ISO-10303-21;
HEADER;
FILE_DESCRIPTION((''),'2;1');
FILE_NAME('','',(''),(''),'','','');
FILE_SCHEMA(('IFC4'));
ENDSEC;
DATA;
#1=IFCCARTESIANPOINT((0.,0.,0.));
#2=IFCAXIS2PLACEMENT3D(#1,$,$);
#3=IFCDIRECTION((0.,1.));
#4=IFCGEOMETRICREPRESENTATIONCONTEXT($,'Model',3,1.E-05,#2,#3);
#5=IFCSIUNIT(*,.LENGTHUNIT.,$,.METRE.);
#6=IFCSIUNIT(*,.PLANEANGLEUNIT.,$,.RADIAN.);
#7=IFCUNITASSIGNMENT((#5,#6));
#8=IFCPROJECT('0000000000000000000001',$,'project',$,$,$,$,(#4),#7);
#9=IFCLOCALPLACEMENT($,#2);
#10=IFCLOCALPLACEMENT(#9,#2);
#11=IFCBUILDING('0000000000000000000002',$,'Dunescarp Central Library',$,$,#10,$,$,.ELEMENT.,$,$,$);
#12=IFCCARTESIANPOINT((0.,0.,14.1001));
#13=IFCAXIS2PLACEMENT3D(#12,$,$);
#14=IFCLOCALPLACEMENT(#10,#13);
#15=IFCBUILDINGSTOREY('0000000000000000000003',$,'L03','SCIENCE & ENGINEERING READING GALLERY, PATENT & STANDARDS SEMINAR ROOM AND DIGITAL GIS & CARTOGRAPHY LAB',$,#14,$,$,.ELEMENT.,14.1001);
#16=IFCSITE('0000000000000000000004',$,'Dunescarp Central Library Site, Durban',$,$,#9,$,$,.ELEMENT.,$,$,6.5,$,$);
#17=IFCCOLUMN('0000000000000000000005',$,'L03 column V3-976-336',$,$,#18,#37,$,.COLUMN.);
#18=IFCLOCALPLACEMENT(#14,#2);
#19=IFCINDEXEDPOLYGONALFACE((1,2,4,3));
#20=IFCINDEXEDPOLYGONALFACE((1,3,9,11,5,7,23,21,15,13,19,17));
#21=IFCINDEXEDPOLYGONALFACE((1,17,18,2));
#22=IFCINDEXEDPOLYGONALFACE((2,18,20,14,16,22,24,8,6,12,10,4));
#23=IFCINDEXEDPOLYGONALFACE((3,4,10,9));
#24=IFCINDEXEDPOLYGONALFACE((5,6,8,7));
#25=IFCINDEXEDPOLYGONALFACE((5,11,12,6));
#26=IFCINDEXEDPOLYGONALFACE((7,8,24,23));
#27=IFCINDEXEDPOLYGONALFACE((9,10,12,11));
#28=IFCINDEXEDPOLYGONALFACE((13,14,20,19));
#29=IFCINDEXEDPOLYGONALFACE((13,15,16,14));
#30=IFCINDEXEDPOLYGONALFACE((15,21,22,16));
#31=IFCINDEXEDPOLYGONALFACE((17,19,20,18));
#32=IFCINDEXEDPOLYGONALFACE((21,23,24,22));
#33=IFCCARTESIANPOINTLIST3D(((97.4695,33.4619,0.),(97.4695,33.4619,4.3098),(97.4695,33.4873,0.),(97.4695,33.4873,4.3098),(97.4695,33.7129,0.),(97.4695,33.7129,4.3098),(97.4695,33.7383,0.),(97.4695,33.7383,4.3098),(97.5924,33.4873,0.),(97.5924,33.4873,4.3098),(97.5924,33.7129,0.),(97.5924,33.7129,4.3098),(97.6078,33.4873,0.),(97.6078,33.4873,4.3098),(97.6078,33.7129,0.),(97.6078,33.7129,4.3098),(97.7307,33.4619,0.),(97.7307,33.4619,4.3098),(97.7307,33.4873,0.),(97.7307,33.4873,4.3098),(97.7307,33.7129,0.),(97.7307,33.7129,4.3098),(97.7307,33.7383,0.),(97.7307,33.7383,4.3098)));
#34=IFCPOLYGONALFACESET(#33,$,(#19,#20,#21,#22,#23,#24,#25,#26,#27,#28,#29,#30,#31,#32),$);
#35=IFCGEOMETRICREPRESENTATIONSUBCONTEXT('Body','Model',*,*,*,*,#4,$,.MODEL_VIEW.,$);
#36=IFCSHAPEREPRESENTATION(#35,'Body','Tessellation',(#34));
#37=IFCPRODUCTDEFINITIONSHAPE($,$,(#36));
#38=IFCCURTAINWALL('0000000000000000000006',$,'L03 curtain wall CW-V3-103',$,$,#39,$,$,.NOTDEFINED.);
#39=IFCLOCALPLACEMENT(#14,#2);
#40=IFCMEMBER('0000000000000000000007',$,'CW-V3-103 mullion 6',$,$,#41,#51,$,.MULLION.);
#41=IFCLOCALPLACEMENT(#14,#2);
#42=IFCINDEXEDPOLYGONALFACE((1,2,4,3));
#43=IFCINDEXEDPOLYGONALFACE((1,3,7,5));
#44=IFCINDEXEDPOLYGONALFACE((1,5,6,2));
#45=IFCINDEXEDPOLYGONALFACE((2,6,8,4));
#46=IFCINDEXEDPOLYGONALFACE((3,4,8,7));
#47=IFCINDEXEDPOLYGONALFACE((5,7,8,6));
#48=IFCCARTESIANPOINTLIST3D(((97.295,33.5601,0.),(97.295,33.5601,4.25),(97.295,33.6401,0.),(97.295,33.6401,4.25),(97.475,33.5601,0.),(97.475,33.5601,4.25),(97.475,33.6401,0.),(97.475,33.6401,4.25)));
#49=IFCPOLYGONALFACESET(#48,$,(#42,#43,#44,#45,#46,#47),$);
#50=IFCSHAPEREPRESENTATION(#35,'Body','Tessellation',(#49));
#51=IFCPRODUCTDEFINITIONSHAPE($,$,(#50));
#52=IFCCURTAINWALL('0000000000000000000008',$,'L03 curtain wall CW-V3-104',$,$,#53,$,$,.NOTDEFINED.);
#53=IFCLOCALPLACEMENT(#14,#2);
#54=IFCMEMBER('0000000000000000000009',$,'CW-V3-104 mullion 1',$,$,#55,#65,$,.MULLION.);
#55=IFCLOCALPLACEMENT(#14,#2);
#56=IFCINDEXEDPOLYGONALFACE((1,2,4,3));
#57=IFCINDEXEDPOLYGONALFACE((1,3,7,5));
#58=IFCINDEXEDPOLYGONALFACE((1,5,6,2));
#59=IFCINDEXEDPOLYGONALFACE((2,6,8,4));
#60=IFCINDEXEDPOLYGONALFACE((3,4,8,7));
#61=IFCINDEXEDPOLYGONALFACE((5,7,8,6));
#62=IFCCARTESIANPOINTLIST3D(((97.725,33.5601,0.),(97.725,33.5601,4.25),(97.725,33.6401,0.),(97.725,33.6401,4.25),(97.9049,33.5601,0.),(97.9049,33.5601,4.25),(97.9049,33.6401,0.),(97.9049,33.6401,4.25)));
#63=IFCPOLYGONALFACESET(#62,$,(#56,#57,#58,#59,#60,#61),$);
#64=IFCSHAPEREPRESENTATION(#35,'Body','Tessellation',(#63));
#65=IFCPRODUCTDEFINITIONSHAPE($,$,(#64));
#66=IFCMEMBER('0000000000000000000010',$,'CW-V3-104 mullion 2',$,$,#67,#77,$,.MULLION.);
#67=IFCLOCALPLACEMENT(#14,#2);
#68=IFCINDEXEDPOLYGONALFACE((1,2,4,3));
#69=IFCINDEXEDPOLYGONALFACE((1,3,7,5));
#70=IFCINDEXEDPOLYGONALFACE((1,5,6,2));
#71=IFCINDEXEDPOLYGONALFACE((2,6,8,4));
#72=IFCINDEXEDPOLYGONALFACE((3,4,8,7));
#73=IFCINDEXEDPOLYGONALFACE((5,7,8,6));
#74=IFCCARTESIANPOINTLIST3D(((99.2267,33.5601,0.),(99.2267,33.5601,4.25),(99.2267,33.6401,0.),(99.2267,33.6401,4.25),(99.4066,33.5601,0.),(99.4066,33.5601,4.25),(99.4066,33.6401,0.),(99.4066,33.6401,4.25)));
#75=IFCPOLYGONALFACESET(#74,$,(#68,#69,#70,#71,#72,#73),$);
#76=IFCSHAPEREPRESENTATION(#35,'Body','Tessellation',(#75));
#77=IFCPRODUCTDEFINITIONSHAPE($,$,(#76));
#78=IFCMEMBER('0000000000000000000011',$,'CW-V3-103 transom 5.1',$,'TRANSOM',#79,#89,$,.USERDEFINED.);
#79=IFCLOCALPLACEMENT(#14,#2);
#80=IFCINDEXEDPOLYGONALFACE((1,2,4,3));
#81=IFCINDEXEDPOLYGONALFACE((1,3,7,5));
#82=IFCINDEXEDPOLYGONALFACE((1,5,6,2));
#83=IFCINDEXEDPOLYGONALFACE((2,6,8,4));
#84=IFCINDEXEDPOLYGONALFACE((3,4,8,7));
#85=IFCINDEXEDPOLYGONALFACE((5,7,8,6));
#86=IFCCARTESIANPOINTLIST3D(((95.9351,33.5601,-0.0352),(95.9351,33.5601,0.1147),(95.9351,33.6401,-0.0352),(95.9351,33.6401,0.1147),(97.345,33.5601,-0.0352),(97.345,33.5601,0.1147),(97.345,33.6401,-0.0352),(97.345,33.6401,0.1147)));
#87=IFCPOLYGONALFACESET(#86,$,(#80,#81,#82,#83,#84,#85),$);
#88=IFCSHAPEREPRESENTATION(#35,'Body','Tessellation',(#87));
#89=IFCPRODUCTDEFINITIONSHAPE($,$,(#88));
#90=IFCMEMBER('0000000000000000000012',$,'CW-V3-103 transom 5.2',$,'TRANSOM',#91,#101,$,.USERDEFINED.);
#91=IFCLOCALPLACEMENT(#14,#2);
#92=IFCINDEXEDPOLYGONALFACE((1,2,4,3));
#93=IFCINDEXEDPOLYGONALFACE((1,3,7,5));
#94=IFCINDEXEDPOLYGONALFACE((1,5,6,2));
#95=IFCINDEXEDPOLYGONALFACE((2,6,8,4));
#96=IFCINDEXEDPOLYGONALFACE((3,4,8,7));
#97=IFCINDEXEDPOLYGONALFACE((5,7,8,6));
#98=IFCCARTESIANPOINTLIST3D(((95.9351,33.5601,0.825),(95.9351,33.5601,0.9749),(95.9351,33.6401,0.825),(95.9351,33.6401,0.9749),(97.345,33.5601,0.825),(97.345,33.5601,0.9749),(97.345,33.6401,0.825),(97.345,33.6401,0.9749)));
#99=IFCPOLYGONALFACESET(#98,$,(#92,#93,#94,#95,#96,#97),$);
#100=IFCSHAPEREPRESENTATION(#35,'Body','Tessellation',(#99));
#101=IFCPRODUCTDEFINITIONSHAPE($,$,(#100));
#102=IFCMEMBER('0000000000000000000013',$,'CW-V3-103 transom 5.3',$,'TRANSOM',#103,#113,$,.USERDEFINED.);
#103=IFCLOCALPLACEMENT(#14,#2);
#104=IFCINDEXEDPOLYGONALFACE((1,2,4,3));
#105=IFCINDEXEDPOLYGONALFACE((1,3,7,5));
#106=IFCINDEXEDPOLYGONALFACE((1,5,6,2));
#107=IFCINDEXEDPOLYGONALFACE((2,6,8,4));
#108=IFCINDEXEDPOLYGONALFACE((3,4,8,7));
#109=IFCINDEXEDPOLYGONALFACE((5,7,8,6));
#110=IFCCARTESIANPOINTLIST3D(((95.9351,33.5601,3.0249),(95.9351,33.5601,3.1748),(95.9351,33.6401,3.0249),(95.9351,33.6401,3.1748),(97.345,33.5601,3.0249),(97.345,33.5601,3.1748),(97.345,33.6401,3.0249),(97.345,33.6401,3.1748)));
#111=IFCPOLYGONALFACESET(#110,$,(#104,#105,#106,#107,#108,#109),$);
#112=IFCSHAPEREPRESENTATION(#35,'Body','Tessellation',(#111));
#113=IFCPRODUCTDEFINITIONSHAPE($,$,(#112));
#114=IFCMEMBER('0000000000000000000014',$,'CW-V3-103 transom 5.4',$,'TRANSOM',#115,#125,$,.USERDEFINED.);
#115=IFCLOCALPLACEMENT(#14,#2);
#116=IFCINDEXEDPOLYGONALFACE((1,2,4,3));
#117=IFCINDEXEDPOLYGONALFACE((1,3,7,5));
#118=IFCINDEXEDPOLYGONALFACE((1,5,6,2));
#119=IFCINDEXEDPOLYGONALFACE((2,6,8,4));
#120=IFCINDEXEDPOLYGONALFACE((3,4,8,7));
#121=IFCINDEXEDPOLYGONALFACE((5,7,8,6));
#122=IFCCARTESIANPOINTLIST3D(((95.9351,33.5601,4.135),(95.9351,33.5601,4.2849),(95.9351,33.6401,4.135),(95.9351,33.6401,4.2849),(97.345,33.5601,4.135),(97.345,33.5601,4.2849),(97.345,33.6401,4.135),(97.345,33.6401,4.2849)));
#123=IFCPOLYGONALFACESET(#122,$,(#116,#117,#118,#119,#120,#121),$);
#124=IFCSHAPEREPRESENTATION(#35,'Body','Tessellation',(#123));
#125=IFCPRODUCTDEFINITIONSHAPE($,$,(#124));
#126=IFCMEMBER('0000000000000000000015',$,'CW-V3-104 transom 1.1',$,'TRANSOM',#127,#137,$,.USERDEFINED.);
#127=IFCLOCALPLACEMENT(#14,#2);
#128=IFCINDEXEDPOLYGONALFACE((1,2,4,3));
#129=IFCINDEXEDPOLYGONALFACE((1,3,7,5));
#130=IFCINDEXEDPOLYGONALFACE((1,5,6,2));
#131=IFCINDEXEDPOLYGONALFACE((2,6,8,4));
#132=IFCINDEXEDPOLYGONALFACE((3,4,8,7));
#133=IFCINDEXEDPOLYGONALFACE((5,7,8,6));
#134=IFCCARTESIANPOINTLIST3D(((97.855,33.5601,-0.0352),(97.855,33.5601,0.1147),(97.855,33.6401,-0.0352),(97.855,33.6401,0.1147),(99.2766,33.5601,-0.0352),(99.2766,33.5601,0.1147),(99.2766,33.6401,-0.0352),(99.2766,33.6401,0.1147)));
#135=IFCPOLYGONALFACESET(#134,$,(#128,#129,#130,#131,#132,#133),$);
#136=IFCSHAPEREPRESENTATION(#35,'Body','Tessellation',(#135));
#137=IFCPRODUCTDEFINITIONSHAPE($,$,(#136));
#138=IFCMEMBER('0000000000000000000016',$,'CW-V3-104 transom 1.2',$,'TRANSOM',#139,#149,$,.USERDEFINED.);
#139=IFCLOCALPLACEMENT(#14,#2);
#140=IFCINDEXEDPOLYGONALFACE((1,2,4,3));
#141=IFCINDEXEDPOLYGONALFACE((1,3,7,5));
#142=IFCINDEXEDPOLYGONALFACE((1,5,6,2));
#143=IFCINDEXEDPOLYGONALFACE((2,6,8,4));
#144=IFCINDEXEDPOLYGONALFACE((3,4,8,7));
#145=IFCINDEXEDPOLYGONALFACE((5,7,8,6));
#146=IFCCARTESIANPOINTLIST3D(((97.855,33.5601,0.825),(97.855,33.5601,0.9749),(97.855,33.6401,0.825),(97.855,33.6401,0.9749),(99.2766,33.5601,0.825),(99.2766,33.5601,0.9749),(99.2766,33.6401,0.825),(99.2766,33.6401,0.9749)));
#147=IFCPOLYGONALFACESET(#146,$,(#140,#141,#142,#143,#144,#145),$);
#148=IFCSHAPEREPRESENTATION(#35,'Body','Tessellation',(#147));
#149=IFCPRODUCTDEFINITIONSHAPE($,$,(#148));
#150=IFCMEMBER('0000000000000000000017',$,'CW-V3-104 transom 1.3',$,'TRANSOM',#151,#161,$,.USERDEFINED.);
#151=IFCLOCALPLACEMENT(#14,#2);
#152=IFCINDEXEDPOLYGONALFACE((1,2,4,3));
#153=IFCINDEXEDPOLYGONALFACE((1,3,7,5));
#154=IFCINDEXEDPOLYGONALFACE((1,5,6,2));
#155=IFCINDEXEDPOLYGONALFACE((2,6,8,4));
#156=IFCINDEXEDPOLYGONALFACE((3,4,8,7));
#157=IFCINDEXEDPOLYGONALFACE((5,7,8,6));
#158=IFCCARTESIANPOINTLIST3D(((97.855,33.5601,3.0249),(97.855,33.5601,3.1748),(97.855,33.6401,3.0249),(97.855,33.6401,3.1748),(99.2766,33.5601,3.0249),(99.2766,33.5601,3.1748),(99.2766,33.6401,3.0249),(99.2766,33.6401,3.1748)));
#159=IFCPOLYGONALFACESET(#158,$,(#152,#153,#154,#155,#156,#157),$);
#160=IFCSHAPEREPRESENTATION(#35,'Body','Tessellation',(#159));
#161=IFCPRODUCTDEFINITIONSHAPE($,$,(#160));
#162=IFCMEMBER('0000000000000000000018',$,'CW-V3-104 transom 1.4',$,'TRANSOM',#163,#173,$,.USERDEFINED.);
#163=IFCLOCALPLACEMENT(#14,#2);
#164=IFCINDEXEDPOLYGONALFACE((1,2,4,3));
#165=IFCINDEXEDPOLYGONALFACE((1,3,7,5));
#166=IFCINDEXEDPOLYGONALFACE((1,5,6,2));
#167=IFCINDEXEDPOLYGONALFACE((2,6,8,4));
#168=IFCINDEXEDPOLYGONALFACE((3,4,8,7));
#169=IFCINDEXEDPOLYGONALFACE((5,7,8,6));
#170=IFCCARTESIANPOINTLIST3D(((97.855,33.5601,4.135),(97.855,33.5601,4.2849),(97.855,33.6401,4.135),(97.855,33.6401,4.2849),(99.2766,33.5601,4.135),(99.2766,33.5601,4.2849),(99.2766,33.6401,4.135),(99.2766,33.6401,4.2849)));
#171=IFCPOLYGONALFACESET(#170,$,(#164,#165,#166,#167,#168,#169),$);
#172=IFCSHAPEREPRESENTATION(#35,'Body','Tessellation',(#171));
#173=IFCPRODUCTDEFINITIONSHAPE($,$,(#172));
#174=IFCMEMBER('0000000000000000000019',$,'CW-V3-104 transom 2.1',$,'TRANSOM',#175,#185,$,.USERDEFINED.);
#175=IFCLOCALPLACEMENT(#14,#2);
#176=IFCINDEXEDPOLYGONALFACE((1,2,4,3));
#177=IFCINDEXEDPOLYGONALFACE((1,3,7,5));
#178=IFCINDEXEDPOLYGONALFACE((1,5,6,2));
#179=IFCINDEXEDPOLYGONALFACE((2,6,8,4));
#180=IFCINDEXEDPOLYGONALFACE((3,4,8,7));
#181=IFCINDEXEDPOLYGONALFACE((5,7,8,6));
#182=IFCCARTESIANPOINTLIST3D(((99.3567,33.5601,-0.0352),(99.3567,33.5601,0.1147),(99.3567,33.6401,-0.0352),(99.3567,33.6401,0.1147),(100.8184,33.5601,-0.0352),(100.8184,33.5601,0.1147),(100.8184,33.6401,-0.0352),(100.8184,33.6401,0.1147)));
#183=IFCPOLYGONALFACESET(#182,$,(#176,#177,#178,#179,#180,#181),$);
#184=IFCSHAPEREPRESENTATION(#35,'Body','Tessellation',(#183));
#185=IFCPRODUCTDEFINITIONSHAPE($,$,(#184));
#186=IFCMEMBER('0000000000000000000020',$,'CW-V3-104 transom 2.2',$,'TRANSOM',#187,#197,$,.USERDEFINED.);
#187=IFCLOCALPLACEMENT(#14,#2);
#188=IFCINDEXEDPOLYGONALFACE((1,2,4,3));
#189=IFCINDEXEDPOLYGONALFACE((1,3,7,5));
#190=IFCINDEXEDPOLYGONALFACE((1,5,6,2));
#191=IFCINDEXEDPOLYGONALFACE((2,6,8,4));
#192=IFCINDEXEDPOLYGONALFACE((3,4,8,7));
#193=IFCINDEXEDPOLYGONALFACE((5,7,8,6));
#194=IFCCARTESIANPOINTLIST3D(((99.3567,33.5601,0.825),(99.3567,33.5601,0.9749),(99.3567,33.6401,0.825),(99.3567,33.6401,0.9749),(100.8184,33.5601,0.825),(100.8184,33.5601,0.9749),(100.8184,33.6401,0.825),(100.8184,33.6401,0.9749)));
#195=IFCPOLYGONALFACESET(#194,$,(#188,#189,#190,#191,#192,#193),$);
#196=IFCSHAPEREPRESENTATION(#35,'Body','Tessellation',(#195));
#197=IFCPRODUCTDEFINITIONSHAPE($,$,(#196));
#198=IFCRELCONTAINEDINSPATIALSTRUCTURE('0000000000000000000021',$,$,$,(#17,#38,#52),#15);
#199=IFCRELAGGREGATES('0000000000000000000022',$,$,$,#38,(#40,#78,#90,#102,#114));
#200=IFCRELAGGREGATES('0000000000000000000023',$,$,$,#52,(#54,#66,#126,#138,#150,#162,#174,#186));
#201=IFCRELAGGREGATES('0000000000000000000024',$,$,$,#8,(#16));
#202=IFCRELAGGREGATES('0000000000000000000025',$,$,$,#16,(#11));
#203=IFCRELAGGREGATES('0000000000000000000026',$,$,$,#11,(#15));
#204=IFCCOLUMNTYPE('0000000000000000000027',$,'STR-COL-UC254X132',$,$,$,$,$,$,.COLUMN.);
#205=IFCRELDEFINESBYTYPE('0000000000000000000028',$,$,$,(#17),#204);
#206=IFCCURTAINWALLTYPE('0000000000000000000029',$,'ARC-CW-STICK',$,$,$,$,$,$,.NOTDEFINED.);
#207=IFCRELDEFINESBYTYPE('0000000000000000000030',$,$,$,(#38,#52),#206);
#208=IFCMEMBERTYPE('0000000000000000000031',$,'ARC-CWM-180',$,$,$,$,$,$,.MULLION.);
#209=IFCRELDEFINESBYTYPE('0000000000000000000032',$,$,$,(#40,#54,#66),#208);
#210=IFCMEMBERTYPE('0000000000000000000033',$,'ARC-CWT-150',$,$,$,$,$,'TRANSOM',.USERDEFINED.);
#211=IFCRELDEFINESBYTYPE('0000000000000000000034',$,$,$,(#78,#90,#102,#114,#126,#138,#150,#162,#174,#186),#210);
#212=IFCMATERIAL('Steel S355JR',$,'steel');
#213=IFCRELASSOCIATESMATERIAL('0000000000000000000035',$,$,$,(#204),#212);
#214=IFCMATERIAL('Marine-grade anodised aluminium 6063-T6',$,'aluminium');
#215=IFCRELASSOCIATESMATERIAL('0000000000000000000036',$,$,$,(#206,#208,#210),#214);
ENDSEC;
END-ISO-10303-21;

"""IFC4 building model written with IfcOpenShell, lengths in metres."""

from ifc_helpers import new_model, si_unit, direction, frame, origin, origin_2d, place, context, subcontext, project, spatial, rectangle, i_section, extrude, material, material_profile, profile_set, type_object, element, aggregate, save


model = new_model("IFC4")

# Units and contexts
model_context = context("Model", 3, precision=1e-05, world=origin(), true_north=direction((0.0, 1.0)))
body_context = subcontext(model_context, "Body", "Model", "MODEL_VIEW")
ifc_project = project(units=[si_unit("LENGTHUNIT", "METRE"), si_unit("PLANEANGLEUNIT", "RADIAN")], contexts=[model_context])

# Site, building, storey
site_placement = place(None, origin())
site = spatial("IfcSite", under=ifc_project, at=site_placement, Name="Dunescarp Central Library Site, Durban", CompositionType="ELEMENT", RefElevation=6.5)
building_placement = place(site_placement, origin())
building = spatial("IfcBuilding", under=site, at=building_placement, Name="Dunescarp Central Library", CompositionType="ELEMENT")
storey_placement = place(building_placement, frame((0.0, 0.0, 14.1001)))
storey = spatial("IfcBuildingStorey", under=building, at=storey_placement, Name="L03", Description="SCIENCE & ENGINEERING READING GALLERY, PATENT & STANDARDS SEMINAR ROOM AND DIGITAL GIS & CARTOGRAPHY LAB", CompositionType="ELEMENT", Elevation=14.1001)

# Column
ifc_material_1 = material(Name="Steel S355JR", Category="steel")
ifc_material_profile_1 = material_profile(ifc_material_1, i_section(OverallWidth=0.2612, OverallDepth=0.2764, WebThickness=0.0154, FlangeThickness=0.0254, at=origin_2d()), Name="UC 254x254x132")
ifc_profile_set_1 = profile_set([ifc_material_profile_1], Name="Steel S355JR")
column_type = type_object("IfcColumnType", Name="STR-COL-UC254X132", PredefinedType="COLUMN", material=ifc_profile_set_1)
column_placement = place(storey_placement, frame((97.6001, 33.6001, 0.0), z_axis=(0.0, 0.0, 1.0), x_axis=(1.0, 0.0, 0.0)))
element("IfcColumn", 1, at=column_placement, inside=storey, type_object=column_type, Name="L03 column V3-976-336", PredefinedType="COLUMN", context=body_context, shape_type="SweptSolid", body=[
    extrude(i_section(OverallWidth=0.2612, OverallDepth=0.2764, WebThickness=0.0154, FlangeThickness=0.0254, at=origin_2d()), origin(), (0.0, 0.0, 1.0), 4.3098),
])

# Curtain wall, member
ifc_material_2 = material(Name="Marine-grade anodised aluminium 6063-T6", Category="aluminium")
curtain_wall_type = type_object("IfcCurtainWallType", Name="ARC-CW-STICK", PredefinedType="NOTDEFINED", material=ifc_material_2)
curtain_wall_1_placement = place(storey_placement, origin())
curtain_wall_1 = element("IfcCurtainWall", 2, at=curtain_wall_1_placement, inside=storey, type_object=curtain_wall_type, Name="L03 curtain wall CW-V3-103", PredefinedType="NOTDEFINED")
ifc_material_profile_2 = material_profile(ifc_material_2, rectangle(XDim=0.0801, YDim=0.1799, at=origin_2d()), Name="AL 80x180")
ifc_profile_set_2 = profile_set([ifc_material_profile_2], Name="Marine-grade anodised aluminium 6063-T6")
member_type_1 = type_object("IfcMemberType", Name="ARC-CWM-180", PredefinedType="MULLION", material=ifc_profile_set_2)
member_1_placement = place(storey_placement, frame((97.385, 33.6001, 0.0), z_axis=(0.0, 0.0, 1.0), x_axis=(0.0, 1.0, 0.0)))
member_1 = element("IfcMember", 3, at=member_1_placement, type_object=member_type_1, Name="CW-V3-103 mullion 6", PredefinedType="MULLION", context=body_context, shape_type="SweptSolid", body=[
    extrude(rectangle(XDim=0.0801, YDim=0.1799, at=origin_2d()), origin(), (0.0, 0.0, 1.0), 4.25),
])

# Curtain wall, members
curtain_wall_2_placement = place(storey_placement, origin())
curtain_wall_2 = element("IfcCurtainWall", 4, at=curtain_wall_2_placement, inside=storey, type_object=curtain_wall_type, Name="L03 curtain wall CW-V3-104", PredefinedType="NOTDEFINED")
member_2_placement = place(storey_placement, frame((97.8149, 33.6001, 0.0), z_axis=(0.0, 0.0, 1.0), x_axis=(0.0, 1.0, 0.0)))
member_2 = element("IfcMember", 5, at=member_2_placement, type_object=member_type_1, Name="CW-V3-104 mullion 1", PredefinedType="MULLION", context=body_context, shape_type="SweptSolid", body=[
    extrude(rectangle(XDim=0.0801, YDim=0.1799, at=origin_2d()), origin(), (0.0, 0.0, 1.0), 4.25),
])
member_3_placement = place(storey_placement, frame((99.3167, 33.6001, 0.0), z_axis=(0.0, 0.0, 1.0), x_axis=(0.0, 1.0, 0.0)))
member_3 = element("IfcMember", 6, at=member_3_placement, type_object=member_type_1, Name="CW-V3-104 mullion 2", PredefinedType="MULLION", context=body_context, shape_type="SweptSolid", body=[
    extrude(rectangle(XDim=0.0801, YDim=0.1799, at=origin_2d()), origin(), (0.0, 0.0, 1.0), 4.25),
])

# Members
ifc_material_profile_3 = material_profile(ifc_material_2, rectangle(XDim=0.0801, YDim=0.1499, at=origin_2d()), Name="AL 80x150")
ifc_profile_set_3 = profile_set([ifc_material_profile_3], Name="Marine-grade anodised aluminium 6063-T6")
member_type_2 = type_object("IfcMemberType", Name="ARC-CWT-150", ElementType="TRANSOM", PredefinedType="USERDEFINED", material=ifc_profile_set_3)
member_4_placement = place(storey_placement, frame((95.9351, 33.6001, 0.0398), z_axis=(1.0, 0.0, 0.0), x_axis=(0.0, 1.0, 0.0)))
member_4 = element("IfcMember", 7, at=member_4_placement, type_object=member_type_2, Name="CW-V3-103 transom 5.1", ObjectType="TRANSOM", PredefinedType="USERDEFINED", context=body_context, shape_type="SweptSolid", body=[
    extrude(rectangle(XDim=0.0801, YDim=0.1499, at=origin_2d()), origin(), (0.0, 0.0, 1.0), 1.4099),
])
member_5_placement = place(storey_placement, frame((95.9351, 33.6001, 0.8999), z_axis=(1.0, 0.0, 0.0), x_axis=(0.0, 1.0, 0.0)))
member_5 = element("IfcMember", 8, at=member_5_placement, type_object=member_type_2, Name="CW-V3-103 transom 5.2", ObjectType="TRANSOM", PredefinedType="USERDEFINED", context=body_context, shape_type="SweptSolid", body=[
    extrude(rectangle(XDim=0.0801, YDim=0.1499, at=origin_2d()), origin(), (0.0, 0.0, 1.0), 1.4099),
])
member_6_placement = place(storey_placement, frame((95.9351, 33.6001, 3.0999), z_axis=(1.0, 0.0, 0.0), x_axis=(0.0, 1.0, 0.0)))
member_6 = element("IfcMember", 9, at=member_6_placement, type_object=member_type_2, Name="CW-V3-103 transom 5.3", ObjectType="TRANSOM", PredefinedType="USERDEFINED", context=body_context, shape_type="SweptSolid", body=[
    extrude(rectangle(XDim=0.0801, YDim=0.1499, at=origin_2d()), origin(), (0.0, 0.0, 1.0), 1.4099),
])
member_7_placement = place(storey_placement, frame((95.9351, 33.6001, 4.21), z_axis=(1.0, 0.0, 0.0), x_axis=(0.0, 1.0, 0.0)))
member_7 = element("IfcMember", 10, at=member_7_placement, type_object=member_type_2, Name="CW-V3-103 transom 5.4", ObjectType="TRANSOM", PredefinedType="USERDEFINED", context=body_context, shape_type="SweptSolid", body=[
    extrude(rectangle(XDim=0.0801, YDim=0.1499, at=origin_2d()), origin(), (0.0, 0.0, 1.0), 1.4099),
])
member_8_placement = place(storey_placement, frame((97.855, 33.6001, 0.0398), z_axis=(1.0, 0.0, 0.0), x_axis=(0.0, 1.0, 0.0)))
member_8 = element("IfcMember", 11, at=member_8_placement, type_object=member_type_2, Name="CW-V3-104 transom 1.1", ObjectType="TRANSOM", PredefinedType="USERDEFINED", context=body_context, shape_type="SweptSolid", body=[
    extrude(rectangle(XDim=0.0801, YDim=0.1499, at=origin_2d()), origin(), (0.0, 0.0, 1.0), 1.4216),
])
member_9_placement = place(storey_placement, frame((97.855, 33.6001, 0.8999), z_axis=(1.0, 0.0, 0.0), x_axis=(0.0, 1.0, 0.0)))
member_9 = element("IfcMember", 12, at=member_9_placement, type_object=member_type_2, Name="CW-V3-104 transom 1.2", ObjectType="TRANSOM", PredefinedType="USERDEFINED", context=body_context, shape_type="SweptSolid", body=[
    extrude(rectangle(XDim=0.0801, YDim=0.1499, at=origin_2d()), origin(), (0.0, 0.0, 1.0), 1.4216),
])
member_10_placement = place(storey_placement, frame((97.855, 33.6001, 3.0999), z_axis=(1.0, 0.0, 0.0), x_axis=(0.0, 1.0, 0.0)))
member_10 = element("IfcMember", 13, at=member_10_placement, type_object=member_type_2, Name="CW-V3-104 transom 1.3", ObjectType="TRANSOM", PredefinedType="USERDEFINED", context=body_context, shape_type="SweptSolid", body=[
    extrude(rectangle(XDim=0.0801, YDim=0.1499, at=origin_2d()), origin(), (0.0, 0.0, 1.0), 1.4216),
])
member_11_placement = place(storey_placement, frame((97.855, 33.6001, 4.21), z_axis=(1.0, 0.0, 0.0), x_axis=(0.0, 1.0, 0.0)))
member_11 = element("IfcMember", 14, at=member_11_placement, type_object=member_type_2, Name="CW-V3-104 transom 1.4", ObjectType="TRANSOM", PredefinedType="USERDEFINED", context=body_context, shape_type="SweptSolid", body=[
    extrude(rectangle(XDim=0.0801, YDim=0.1499, at=origin_2d()), origin(), (0.0, 0.0, 1.0), 1.4216),
])
member_12_placement = place(storey_placement, frame((99.3567, 33.6001, 0.0398), z_axis=(1.0, 0.0, 0.0), x_axis=(0.0, 1.0, 0.0)))
member_12 = element("IfcMember", 15, at=member_12_placement, type_object=member_type_2, Name="CW-V3-104 transom 2.1", ObjectType="TRANSOM", PredefinedType="USERDEFINED", context=body_context, shape_type="SweptSolid", body=[
    extrude(rectangle(XDim=0.0801, YDim=0.1499, at=origin_2d()), origin(), (0.0, 0.0, 1.0), 1.4617),
])
member_13_placement = place(storey_placement, frame((99.3567, 33.6001, 0.8999), z_axis=(1.0, 0.0, 0.0), x_axis=(0.0, 1.0, 0.0)))
member_13 = element("IfcMember", 16, at=member_13_placement, type_object=member_type_2, Name="CW-V3-104 transom 2.2", ObjectType="TRANSOM", PredefinedType="USERDEFINED", context=body_context, shape_type="SweptSolid", body=[
    extrude(rectangle(XDim=0.0801, YDim=0.1499, at=origin_2d()), origin(), (0.0, 0.0, 1.0), 1.4617),
])

aggregate(curtain_wall_1, [member_1, member_4, member_5, member_6, member_7])
aggregate(curtain_wall_2, [member_2, member_3, member_8, member_9, member_10, member_11, member_12, member_13])

save(model, "model.ifc")
